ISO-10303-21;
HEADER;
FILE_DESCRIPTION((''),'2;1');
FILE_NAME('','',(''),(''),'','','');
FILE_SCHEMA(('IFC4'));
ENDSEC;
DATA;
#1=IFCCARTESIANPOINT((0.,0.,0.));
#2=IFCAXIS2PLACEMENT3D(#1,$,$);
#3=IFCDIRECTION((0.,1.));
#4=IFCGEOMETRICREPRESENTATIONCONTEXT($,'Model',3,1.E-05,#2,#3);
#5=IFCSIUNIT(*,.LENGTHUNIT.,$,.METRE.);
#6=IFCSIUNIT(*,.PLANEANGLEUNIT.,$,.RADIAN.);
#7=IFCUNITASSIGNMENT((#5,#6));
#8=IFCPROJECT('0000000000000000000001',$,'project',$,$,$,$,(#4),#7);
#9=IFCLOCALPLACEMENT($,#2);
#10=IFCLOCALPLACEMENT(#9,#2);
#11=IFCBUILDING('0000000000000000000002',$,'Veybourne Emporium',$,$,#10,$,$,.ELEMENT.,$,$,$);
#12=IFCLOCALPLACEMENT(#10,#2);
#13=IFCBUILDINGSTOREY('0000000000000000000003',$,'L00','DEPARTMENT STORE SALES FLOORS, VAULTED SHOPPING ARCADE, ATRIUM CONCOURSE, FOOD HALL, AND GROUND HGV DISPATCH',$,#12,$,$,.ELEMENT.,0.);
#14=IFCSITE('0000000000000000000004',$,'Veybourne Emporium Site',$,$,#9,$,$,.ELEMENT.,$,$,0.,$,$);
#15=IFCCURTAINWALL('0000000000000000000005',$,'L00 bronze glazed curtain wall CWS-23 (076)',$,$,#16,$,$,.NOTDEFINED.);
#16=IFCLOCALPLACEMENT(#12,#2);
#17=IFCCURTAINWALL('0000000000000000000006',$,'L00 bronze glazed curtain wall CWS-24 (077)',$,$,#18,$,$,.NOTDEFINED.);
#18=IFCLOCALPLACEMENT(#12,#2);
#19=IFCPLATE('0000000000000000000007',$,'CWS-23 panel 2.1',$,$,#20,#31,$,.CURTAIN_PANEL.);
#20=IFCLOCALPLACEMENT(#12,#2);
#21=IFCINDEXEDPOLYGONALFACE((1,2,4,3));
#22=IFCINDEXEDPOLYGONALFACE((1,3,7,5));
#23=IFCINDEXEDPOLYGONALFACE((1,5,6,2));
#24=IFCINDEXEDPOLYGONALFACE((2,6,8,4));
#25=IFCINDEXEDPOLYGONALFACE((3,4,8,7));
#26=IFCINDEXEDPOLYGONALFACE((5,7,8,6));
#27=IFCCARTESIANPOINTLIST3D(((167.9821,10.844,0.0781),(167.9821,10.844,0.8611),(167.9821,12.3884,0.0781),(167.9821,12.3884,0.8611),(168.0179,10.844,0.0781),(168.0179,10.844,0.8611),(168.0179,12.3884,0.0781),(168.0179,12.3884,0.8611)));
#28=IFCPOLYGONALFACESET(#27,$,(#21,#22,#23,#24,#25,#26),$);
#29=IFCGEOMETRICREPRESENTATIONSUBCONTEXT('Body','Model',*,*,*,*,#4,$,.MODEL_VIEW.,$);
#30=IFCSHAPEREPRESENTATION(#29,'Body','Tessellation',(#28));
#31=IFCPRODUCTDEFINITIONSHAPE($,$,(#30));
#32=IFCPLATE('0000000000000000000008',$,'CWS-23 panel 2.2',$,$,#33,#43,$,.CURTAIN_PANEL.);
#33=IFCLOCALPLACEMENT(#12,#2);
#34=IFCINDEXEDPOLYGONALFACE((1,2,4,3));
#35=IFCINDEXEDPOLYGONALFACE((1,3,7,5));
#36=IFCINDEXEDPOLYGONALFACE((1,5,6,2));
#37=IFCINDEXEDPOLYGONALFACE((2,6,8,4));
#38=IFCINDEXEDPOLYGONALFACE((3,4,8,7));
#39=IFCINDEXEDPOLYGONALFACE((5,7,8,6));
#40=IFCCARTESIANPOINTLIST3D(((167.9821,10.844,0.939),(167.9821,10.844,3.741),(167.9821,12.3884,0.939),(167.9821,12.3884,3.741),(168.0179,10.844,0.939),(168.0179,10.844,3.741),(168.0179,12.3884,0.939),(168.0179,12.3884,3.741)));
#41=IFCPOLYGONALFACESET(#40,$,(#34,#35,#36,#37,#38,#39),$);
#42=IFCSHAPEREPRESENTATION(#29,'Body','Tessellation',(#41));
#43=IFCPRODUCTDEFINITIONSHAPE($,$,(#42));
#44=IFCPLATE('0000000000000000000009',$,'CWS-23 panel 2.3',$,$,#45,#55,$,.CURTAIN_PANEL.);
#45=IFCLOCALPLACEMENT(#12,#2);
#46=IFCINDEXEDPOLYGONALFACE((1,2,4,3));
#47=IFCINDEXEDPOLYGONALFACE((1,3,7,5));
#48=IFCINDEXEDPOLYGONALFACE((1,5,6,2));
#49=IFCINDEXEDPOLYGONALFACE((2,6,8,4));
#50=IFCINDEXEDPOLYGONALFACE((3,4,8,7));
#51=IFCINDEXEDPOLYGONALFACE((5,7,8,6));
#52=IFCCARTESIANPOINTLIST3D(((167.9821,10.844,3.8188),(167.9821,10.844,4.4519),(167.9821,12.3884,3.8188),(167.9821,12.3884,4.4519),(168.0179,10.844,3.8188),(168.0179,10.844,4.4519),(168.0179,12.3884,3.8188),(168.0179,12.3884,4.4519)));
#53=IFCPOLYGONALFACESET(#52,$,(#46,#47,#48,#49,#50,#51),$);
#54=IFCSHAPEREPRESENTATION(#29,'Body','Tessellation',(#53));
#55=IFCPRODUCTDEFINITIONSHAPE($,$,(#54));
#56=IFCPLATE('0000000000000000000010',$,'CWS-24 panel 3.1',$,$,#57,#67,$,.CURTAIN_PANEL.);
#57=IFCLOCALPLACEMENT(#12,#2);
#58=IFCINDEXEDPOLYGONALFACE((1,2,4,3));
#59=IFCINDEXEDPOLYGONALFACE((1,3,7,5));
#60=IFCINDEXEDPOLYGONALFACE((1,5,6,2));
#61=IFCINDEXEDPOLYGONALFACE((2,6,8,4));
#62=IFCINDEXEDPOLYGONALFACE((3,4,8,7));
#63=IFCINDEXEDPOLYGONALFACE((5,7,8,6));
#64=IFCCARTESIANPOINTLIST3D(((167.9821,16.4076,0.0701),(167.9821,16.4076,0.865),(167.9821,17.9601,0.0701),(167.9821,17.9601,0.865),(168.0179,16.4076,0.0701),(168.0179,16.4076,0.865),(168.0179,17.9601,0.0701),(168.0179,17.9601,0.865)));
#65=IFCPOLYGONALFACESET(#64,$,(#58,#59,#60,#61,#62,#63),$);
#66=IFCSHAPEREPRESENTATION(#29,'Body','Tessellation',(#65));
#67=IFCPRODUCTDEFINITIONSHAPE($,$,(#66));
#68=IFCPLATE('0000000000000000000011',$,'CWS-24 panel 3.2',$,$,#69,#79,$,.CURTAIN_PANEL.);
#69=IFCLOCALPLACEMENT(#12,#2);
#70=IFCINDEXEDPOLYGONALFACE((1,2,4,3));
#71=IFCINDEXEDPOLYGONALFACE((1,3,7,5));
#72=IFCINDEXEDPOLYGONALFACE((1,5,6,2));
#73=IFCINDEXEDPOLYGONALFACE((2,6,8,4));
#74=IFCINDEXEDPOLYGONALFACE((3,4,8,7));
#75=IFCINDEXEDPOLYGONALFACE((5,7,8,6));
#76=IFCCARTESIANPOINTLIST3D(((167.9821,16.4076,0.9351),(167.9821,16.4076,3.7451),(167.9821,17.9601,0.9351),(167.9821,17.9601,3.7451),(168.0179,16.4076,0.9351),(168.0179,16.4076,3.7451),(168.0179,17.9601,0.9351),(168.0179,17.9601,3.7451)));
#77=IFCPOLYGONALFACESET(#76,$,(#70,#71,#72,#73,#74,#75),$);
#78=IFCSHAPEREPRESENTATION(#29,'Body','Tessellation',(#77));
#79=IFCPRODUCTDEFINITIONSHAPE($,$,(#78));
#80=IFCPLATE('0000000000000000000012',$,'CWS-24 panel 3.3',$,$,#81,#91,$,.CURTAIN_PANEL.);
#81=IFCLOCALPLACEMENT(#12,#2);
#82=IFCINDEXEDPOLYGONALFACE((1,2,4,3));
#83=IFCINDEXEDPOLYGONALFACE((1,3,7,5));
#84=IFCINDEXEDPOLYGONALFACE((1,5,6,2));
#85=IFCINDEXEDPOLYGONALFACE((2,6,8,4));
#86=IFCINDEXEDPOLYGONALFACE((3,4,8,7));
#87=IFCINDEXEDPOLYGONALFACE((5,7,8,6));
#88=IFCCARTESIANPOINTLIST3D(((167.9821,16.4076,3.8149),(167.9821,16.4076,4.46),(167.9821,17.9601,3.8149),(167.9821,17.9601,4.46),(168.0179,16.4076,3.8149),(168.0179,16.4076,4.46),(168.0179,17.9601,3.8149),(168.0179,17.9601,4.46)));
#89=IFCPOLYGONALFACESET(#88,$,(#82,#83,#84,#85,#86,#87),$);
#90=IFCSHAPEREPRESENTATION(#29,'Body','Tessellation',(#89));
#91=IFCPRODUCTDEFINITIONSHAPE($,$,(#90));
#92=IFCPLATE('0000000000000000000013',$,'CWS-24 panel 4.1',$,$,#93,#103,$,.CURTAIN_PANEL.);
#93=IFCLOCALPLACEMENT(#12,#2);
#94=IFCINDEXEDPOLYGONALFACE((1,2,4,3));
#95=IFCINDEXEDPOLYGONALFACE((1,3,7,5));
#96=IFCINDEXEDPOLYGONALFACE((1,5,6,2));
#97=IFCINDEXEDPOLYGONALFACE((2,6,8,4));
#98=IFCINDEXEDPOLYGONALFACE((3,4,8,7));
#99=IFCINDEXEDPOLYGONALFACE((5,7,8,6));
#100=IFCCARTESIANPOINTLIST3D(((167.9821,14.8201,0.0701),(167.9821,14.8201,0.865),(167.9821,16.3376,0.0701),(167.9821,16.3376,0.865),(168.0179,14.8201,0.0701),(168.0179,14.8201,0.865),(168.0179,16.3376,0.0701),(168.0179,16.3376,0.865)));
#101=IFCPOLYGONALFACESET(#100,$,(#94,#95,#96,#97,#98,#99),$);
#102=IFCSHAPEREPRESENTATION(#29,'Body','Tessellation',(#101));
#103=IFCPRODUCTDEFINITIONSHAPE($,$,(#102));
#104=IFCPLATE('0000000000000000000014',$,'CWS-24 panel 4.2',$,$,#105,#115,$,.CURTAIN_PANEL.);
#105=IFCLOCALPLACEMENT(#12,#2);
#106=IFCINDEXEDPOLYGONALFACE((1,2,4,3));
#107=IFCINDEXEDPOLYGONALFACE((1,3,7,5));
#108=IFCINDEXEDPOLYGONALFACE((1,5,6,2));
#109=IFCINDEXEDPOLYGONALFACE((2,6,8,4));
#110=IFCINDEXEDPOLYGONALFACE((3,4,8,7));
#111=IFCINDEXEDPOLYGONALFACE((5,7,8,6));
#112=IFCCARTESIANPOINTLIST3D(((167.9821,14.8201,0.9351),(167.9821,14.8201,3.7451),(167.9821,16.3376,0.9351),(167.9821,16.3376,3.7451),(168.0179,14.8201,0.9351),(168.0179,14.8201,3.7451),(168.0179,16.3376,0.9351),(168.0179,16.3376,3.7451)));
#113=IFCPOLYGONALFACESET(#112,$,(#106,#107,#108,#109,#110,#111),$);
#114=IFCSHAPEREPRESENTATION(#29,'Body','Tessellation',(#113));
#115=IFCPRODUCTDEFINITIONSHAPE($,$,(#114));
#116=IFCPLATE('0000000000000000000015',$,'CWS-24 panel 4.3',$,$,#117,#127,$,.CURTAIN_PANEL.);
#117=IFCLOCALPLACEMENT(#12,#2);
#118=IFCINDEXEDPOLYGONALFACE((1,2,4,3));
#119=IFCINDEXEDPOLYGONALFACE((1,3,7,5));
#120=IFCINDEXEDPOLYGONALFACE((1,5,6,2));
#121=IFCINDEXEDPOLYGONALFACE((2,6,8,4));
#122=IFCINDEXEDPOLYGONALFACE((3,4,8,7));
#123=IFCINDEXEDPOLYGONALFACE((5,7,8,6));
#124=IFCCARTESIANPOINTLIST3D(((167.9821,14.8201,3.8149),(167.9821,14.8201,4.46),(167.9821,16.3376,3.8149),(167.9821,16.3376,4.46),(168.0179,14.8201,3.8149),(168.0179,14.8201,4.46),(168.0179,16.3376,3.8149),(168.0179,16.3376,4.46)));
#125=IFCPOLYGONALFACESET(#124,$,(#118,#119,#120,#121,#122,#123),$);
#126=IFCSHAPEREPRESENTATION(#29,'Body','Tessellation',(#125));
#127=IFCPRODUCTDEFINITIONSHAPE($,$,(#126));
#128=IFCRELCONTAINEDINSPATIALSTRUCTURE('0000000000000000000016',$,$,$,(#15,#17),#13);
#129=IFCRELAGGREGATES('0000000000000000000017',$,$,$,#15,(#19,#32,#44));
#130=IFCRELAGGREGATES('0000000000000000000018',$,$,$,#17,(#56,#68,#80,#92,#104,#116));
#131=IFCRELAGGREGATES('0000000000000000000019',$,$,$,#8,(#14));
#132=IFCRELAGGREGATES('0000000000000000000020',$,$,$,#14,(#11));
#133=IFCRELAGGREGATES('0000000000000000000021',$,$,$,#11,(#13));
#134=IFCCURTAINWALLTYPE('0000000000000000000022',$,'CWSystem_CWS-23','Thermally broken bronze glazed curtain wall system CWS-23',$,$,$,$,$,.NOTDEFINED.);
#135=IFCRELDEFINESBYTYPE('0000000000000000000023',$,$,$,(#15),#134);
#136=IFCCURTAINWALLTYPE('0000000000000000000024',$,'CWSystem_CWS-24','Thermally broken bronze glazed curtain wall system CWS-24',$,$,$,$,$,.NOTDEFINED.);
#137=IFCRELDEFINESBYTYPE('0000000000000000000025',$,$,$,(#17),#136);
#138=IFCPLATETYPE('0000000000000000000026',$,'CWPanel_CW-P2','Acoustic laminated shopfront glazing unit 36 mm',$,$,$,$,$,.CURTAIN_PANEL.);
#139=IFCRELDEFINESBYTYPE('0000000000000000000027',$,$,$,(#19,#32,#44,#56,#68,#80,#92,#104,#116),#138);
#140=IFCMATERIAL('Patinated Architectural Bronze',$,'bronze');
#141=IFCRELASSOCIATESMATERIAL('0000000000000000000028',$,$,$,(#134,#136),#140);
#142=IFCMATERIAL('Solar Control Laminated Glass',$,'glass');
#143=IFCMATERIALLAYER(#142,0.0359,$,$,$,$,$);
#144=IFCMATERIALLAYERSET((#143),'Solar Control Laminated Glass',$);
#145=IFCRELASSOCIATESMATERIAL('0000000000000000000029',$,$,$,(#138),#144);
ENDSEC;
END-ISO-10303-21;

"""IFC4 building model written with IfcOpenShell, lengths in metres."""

from ifc_helpers import new_model, si_unit, direction, frame, origin, origin_2d, place, context, subcontext, project, spatial, rectangle, extrude, material, layer, layer_set, type_object, element, aggregate, save


model = new_model("IFC4")

# Units and contexts
model_context = context("Model", 3, precision=1e-05, world=origin(), true_north=direction((0.0, 1.0)))
body_context = subcontext(model_context, "Body", "Model", "MODEL_VIEW")
ifc_project = project(units=[si_unit("LENGTHUNIT", "METRE"), si_unit("PLANEANGLEUNIT", "RADIAN")], contexts=[model_context])

# Site, building, storey
site_placement = place(None, origin())
site = spatial("IfcSite", under=ifc_project, at=site_placement, Name="Veybourne Emporium Site", CompositionType="ELEMENT", RefElevation=0.0)
building_placement = place(site_placement, origin())
building = spatial("IfcBuilding", under=site, at=building_placement, Name="Veybourne Emporium", CompositionType="ELEMENT")
storey_placement = place(building_placement, origin())
storey = spatial("IfcBuildingStorey", under=building, at=storey_placement, Name="L00", Description="DEPARTMENT STORE SALES FLOORS, VAULTED SHOPPING ARCADE, ATRIUM CONCOURSE, FOOD HALL, AND GROUND HGV DISPATCH", CompositionType="ELEMENT", Elevation=0.0)

# Curtain walls
ifc_material_1 = material(Name="Patinated Architectural Bronze", Category="bronze")
curtain_wall_type_1 = type_object("IfcCurtainWallType", Name="CWSystem_CWS-23", Description="Thermally broken bronze glazed curtain wall system CWS-23", PredefinedType="NOTDEFINED", material=ifc_material_1)
curtain_wall_1_placement = place(storey_placement, origin())
curtain_wall_1 = element("IfcCurtainWall", 1, at=curtain_wall_1_placement, inside=storey, type_object=curtain_wall_type_1, Name="L00 bronze glazed curtain wall CWS-23 (076)", PredefinedType="NOTDEFINED")
curtain_wall_type_2 = type_object("IfcCurtainWallType", Name="CWSystem_CWS-24", Description="Thermally broken bronze glazed curtain wall system CWS-24", PredefinedType="NOTDEFINED", material=ifc_material_1)
curtain_wall_2_placement = place(storey_placement, origin())
curtain_wall_2 = element("IfcCurtainWall", 2, at=curtain_wall_2_placement, inside=storey, type_object=curtain_wall_type_2, Name="L00 bronze glazed curtain wall CWS-24 (077)", PredefinedType="NOTDEFINED")

# Plates
ifc_material_2 = material(Name="Solar Control Laminated Glass", Category="glass")
ifc_layer = layer(ifc_material_2, 0.0359)
ifc_layer_set = layer_set([ifc_layer], Name="Solar Control Laminated Glass")
plate_type = type_object("IfcPlateType", Name="CWPanel_CW-P2", Description="Acoustic laminated shopfront glazing unit 36 mm", PredefinedType="CURTAIN_PANEL", material=ifc_layer_set)
plate_1_placement = place(storey_placement, frame((168.0, 11.6162, 0.0781), z_axis=(0.0, 0.0, 1.0), x_axis=(0.0, -1.0, 0.0)))
plate_1 = element("IfcPlate", 3, at=plate_1_placement, type_object=plate_type, Name="CWS-23 panel 2.1", PredefinedType="CURTAIN_PANEL", context=body_context, shape_type="SweptSolid", body=[
    extrude(rectangle(XDim=1.5444, YDim=0.0359, at=origin_2d()), origin(), (0.0, 0.0, 1.0), 0.783),
])
plate_2_placement = place(storey_placement, frame((168.0, 11.6162, 0.939), z_axis=(0.0, 0.0, 1.0), x_axis=(0.0, -1.0, 0.0)))
plate_2 = element("IfcPlate", 4, at=plate_2_placement, type_object=plate_type, Name="CWS-23 panel 2.2", PredefinedType="CURTAIN_PANEL", context=body_context, shape_type="SweptSolid", body=[
    extrude(rectangle(XDim=1.5444, YDim=0.0359, at=origin_2d()), origin(), (0.0, 0.0, 1.0), 2.802),
])
plate_3_placement = place(storey_placement, frame((168.0, 11.6162, 3.8188), z_axis=(0.0, 0.0, 1.0), x_axis=(0.0, -1.0, 0.0)))
plate_3 = element("IfcPlate", 5, at=plate_3_placement, type_object=plate_type, Name="CWS-23 panel 2.3", PredefinedType="CURTAIN_PANEL", context=body_context, shape_type="SweptSolid", body=[
    extrude(rectangle(XDim=1.5444, YDim=0.0359, at=origin_2d()), origin(), (0.0, 0.0, 1.0), 0.6331),
])
aggregate(curtain_wall_1, [plate_1, plate_2, plate_3])
plate_4_placement = place(storey_placement, frame((168.0, 17.1838, 0.0701), z_axis=(0.0, 0.0, 1.0), x_axis=(0.0, -1.0, 0.0)))
plate_4 = element("IfcPlate", 6, at=plate_4_placement, type_object=plate_type, Name="CWS-24 panel 3.1", PredefinedType="CURTAIN_PANEL", context=body_context, shape_type="SweptSolid", body=[
    extrude(rectangle(XDim=1.5525, YDim=0.0359, at=origin_2d()), origin(), (0.0, 0.0, 1.0), 0.7949),
])
plate_5_placement = place(storey_placement, frame((168.0, 17.1838, 0.9351), z_axis=(0.0, 0.0, 1.0), x_axis=(0.0, -1.0, 0.0)))
plate_5 = element("IfcPlate", 7, at=plate_5_placement, type_object=plate_type, Name="CWS-24 panel 3.2", PredefinedType="CURTAIN_PANEL", context=body_context, shape_type="SweptSolid", body=[
    extrude(rectangle(XDim=1.5525, YDim=0.0359, at=origin_2d()), origin(), (0.0, 0.0, 1.0), 2.8101),
])
plate_6_placement = place(storey_placement, frame((168.0, 17.1838, 3.8149), z_axis=(0.0, 0.0, 1.0), x_axis=(0.0, -1.0, 0.0)))
plate_6 = element("IfcPlate", 8, at=plate_6_placement, type_object=plate_type, Name="CWS-24 panel 3.3", PredefinedType="CURTAIN_PANEL", context=body_context, shape_type="SweptSolid", body=[
    extrude(rectangle(XDim=1.5525, YDim=0.0359, at=origin_2d()), origin(), (0.0, 0.0, 1.0), 0.645),
])
plate_7_placement = place(storey_placement, frame((168.0, 15.5789, 0.0701), z_axis=(0.0, 0.0, 1.0), x_axis=(0.0, -1.0, 0.0)))
plate_7 = element("IfcPlate", 9, at=plate_7_placement, type_object=plate_type, Name="CWS-24 panel 4.1", PredefinedType="CURTAIN_PANEL", context=body_context, shape_type="SweptSolid", body=[
    extrude(rectangle(XDim=1.5176, YDim=0.0359, at=origin_2d()), origin(), (0.0, 0.0, 1.0), 0.7949),
])
plate_8_placement = place(storey_placement, frame((168.0, 15.5789, 0.9351), z_axis=(0.0, 0.0, 1.0), x_axis=(0.0, -1.0, 0.0)))
plate_8 = element("IfcPlate", 10, at=plate_8_placement, type_object=plate_type, Name="CWS-24 panel 4.2", PredefinedType="CURTAIN_PANEL", context=body_context, shape_type="SweptSolid", body=[
    extrude(rectangle(XDim=1.5176, YDim=0.0359, at=origin_2d()), origin(), (0.0, 0.0, 1.0), 2.8101),
])
plate_9_placement = place(storey_placement, frame((168.0, 15.5789, 3.8149), z_axis=(0.0, 0.0, 1.0), x_axis=(0.0, -1.0, 0.0)))
plate_9 = element("IfcPlate", 11, at=plate_9_placement, type_object=plate_type, Name="CWS-24 panel 4.3", PredefinedType="CURTAIN_PANEL", context=body_context, shape_type="SweptSolid", body=[
    extrude(rectangle(XDim=1.5176, YDim=0.0359, at=origin_2d()), origin(), (0.0, 0.0, 1.0), 0.645),
])
aggregate(curtain_wall_2, [plate_4, plate_5, plate_6, plate_7, plate_8, plate_9])

save(model, "model.ifc")
